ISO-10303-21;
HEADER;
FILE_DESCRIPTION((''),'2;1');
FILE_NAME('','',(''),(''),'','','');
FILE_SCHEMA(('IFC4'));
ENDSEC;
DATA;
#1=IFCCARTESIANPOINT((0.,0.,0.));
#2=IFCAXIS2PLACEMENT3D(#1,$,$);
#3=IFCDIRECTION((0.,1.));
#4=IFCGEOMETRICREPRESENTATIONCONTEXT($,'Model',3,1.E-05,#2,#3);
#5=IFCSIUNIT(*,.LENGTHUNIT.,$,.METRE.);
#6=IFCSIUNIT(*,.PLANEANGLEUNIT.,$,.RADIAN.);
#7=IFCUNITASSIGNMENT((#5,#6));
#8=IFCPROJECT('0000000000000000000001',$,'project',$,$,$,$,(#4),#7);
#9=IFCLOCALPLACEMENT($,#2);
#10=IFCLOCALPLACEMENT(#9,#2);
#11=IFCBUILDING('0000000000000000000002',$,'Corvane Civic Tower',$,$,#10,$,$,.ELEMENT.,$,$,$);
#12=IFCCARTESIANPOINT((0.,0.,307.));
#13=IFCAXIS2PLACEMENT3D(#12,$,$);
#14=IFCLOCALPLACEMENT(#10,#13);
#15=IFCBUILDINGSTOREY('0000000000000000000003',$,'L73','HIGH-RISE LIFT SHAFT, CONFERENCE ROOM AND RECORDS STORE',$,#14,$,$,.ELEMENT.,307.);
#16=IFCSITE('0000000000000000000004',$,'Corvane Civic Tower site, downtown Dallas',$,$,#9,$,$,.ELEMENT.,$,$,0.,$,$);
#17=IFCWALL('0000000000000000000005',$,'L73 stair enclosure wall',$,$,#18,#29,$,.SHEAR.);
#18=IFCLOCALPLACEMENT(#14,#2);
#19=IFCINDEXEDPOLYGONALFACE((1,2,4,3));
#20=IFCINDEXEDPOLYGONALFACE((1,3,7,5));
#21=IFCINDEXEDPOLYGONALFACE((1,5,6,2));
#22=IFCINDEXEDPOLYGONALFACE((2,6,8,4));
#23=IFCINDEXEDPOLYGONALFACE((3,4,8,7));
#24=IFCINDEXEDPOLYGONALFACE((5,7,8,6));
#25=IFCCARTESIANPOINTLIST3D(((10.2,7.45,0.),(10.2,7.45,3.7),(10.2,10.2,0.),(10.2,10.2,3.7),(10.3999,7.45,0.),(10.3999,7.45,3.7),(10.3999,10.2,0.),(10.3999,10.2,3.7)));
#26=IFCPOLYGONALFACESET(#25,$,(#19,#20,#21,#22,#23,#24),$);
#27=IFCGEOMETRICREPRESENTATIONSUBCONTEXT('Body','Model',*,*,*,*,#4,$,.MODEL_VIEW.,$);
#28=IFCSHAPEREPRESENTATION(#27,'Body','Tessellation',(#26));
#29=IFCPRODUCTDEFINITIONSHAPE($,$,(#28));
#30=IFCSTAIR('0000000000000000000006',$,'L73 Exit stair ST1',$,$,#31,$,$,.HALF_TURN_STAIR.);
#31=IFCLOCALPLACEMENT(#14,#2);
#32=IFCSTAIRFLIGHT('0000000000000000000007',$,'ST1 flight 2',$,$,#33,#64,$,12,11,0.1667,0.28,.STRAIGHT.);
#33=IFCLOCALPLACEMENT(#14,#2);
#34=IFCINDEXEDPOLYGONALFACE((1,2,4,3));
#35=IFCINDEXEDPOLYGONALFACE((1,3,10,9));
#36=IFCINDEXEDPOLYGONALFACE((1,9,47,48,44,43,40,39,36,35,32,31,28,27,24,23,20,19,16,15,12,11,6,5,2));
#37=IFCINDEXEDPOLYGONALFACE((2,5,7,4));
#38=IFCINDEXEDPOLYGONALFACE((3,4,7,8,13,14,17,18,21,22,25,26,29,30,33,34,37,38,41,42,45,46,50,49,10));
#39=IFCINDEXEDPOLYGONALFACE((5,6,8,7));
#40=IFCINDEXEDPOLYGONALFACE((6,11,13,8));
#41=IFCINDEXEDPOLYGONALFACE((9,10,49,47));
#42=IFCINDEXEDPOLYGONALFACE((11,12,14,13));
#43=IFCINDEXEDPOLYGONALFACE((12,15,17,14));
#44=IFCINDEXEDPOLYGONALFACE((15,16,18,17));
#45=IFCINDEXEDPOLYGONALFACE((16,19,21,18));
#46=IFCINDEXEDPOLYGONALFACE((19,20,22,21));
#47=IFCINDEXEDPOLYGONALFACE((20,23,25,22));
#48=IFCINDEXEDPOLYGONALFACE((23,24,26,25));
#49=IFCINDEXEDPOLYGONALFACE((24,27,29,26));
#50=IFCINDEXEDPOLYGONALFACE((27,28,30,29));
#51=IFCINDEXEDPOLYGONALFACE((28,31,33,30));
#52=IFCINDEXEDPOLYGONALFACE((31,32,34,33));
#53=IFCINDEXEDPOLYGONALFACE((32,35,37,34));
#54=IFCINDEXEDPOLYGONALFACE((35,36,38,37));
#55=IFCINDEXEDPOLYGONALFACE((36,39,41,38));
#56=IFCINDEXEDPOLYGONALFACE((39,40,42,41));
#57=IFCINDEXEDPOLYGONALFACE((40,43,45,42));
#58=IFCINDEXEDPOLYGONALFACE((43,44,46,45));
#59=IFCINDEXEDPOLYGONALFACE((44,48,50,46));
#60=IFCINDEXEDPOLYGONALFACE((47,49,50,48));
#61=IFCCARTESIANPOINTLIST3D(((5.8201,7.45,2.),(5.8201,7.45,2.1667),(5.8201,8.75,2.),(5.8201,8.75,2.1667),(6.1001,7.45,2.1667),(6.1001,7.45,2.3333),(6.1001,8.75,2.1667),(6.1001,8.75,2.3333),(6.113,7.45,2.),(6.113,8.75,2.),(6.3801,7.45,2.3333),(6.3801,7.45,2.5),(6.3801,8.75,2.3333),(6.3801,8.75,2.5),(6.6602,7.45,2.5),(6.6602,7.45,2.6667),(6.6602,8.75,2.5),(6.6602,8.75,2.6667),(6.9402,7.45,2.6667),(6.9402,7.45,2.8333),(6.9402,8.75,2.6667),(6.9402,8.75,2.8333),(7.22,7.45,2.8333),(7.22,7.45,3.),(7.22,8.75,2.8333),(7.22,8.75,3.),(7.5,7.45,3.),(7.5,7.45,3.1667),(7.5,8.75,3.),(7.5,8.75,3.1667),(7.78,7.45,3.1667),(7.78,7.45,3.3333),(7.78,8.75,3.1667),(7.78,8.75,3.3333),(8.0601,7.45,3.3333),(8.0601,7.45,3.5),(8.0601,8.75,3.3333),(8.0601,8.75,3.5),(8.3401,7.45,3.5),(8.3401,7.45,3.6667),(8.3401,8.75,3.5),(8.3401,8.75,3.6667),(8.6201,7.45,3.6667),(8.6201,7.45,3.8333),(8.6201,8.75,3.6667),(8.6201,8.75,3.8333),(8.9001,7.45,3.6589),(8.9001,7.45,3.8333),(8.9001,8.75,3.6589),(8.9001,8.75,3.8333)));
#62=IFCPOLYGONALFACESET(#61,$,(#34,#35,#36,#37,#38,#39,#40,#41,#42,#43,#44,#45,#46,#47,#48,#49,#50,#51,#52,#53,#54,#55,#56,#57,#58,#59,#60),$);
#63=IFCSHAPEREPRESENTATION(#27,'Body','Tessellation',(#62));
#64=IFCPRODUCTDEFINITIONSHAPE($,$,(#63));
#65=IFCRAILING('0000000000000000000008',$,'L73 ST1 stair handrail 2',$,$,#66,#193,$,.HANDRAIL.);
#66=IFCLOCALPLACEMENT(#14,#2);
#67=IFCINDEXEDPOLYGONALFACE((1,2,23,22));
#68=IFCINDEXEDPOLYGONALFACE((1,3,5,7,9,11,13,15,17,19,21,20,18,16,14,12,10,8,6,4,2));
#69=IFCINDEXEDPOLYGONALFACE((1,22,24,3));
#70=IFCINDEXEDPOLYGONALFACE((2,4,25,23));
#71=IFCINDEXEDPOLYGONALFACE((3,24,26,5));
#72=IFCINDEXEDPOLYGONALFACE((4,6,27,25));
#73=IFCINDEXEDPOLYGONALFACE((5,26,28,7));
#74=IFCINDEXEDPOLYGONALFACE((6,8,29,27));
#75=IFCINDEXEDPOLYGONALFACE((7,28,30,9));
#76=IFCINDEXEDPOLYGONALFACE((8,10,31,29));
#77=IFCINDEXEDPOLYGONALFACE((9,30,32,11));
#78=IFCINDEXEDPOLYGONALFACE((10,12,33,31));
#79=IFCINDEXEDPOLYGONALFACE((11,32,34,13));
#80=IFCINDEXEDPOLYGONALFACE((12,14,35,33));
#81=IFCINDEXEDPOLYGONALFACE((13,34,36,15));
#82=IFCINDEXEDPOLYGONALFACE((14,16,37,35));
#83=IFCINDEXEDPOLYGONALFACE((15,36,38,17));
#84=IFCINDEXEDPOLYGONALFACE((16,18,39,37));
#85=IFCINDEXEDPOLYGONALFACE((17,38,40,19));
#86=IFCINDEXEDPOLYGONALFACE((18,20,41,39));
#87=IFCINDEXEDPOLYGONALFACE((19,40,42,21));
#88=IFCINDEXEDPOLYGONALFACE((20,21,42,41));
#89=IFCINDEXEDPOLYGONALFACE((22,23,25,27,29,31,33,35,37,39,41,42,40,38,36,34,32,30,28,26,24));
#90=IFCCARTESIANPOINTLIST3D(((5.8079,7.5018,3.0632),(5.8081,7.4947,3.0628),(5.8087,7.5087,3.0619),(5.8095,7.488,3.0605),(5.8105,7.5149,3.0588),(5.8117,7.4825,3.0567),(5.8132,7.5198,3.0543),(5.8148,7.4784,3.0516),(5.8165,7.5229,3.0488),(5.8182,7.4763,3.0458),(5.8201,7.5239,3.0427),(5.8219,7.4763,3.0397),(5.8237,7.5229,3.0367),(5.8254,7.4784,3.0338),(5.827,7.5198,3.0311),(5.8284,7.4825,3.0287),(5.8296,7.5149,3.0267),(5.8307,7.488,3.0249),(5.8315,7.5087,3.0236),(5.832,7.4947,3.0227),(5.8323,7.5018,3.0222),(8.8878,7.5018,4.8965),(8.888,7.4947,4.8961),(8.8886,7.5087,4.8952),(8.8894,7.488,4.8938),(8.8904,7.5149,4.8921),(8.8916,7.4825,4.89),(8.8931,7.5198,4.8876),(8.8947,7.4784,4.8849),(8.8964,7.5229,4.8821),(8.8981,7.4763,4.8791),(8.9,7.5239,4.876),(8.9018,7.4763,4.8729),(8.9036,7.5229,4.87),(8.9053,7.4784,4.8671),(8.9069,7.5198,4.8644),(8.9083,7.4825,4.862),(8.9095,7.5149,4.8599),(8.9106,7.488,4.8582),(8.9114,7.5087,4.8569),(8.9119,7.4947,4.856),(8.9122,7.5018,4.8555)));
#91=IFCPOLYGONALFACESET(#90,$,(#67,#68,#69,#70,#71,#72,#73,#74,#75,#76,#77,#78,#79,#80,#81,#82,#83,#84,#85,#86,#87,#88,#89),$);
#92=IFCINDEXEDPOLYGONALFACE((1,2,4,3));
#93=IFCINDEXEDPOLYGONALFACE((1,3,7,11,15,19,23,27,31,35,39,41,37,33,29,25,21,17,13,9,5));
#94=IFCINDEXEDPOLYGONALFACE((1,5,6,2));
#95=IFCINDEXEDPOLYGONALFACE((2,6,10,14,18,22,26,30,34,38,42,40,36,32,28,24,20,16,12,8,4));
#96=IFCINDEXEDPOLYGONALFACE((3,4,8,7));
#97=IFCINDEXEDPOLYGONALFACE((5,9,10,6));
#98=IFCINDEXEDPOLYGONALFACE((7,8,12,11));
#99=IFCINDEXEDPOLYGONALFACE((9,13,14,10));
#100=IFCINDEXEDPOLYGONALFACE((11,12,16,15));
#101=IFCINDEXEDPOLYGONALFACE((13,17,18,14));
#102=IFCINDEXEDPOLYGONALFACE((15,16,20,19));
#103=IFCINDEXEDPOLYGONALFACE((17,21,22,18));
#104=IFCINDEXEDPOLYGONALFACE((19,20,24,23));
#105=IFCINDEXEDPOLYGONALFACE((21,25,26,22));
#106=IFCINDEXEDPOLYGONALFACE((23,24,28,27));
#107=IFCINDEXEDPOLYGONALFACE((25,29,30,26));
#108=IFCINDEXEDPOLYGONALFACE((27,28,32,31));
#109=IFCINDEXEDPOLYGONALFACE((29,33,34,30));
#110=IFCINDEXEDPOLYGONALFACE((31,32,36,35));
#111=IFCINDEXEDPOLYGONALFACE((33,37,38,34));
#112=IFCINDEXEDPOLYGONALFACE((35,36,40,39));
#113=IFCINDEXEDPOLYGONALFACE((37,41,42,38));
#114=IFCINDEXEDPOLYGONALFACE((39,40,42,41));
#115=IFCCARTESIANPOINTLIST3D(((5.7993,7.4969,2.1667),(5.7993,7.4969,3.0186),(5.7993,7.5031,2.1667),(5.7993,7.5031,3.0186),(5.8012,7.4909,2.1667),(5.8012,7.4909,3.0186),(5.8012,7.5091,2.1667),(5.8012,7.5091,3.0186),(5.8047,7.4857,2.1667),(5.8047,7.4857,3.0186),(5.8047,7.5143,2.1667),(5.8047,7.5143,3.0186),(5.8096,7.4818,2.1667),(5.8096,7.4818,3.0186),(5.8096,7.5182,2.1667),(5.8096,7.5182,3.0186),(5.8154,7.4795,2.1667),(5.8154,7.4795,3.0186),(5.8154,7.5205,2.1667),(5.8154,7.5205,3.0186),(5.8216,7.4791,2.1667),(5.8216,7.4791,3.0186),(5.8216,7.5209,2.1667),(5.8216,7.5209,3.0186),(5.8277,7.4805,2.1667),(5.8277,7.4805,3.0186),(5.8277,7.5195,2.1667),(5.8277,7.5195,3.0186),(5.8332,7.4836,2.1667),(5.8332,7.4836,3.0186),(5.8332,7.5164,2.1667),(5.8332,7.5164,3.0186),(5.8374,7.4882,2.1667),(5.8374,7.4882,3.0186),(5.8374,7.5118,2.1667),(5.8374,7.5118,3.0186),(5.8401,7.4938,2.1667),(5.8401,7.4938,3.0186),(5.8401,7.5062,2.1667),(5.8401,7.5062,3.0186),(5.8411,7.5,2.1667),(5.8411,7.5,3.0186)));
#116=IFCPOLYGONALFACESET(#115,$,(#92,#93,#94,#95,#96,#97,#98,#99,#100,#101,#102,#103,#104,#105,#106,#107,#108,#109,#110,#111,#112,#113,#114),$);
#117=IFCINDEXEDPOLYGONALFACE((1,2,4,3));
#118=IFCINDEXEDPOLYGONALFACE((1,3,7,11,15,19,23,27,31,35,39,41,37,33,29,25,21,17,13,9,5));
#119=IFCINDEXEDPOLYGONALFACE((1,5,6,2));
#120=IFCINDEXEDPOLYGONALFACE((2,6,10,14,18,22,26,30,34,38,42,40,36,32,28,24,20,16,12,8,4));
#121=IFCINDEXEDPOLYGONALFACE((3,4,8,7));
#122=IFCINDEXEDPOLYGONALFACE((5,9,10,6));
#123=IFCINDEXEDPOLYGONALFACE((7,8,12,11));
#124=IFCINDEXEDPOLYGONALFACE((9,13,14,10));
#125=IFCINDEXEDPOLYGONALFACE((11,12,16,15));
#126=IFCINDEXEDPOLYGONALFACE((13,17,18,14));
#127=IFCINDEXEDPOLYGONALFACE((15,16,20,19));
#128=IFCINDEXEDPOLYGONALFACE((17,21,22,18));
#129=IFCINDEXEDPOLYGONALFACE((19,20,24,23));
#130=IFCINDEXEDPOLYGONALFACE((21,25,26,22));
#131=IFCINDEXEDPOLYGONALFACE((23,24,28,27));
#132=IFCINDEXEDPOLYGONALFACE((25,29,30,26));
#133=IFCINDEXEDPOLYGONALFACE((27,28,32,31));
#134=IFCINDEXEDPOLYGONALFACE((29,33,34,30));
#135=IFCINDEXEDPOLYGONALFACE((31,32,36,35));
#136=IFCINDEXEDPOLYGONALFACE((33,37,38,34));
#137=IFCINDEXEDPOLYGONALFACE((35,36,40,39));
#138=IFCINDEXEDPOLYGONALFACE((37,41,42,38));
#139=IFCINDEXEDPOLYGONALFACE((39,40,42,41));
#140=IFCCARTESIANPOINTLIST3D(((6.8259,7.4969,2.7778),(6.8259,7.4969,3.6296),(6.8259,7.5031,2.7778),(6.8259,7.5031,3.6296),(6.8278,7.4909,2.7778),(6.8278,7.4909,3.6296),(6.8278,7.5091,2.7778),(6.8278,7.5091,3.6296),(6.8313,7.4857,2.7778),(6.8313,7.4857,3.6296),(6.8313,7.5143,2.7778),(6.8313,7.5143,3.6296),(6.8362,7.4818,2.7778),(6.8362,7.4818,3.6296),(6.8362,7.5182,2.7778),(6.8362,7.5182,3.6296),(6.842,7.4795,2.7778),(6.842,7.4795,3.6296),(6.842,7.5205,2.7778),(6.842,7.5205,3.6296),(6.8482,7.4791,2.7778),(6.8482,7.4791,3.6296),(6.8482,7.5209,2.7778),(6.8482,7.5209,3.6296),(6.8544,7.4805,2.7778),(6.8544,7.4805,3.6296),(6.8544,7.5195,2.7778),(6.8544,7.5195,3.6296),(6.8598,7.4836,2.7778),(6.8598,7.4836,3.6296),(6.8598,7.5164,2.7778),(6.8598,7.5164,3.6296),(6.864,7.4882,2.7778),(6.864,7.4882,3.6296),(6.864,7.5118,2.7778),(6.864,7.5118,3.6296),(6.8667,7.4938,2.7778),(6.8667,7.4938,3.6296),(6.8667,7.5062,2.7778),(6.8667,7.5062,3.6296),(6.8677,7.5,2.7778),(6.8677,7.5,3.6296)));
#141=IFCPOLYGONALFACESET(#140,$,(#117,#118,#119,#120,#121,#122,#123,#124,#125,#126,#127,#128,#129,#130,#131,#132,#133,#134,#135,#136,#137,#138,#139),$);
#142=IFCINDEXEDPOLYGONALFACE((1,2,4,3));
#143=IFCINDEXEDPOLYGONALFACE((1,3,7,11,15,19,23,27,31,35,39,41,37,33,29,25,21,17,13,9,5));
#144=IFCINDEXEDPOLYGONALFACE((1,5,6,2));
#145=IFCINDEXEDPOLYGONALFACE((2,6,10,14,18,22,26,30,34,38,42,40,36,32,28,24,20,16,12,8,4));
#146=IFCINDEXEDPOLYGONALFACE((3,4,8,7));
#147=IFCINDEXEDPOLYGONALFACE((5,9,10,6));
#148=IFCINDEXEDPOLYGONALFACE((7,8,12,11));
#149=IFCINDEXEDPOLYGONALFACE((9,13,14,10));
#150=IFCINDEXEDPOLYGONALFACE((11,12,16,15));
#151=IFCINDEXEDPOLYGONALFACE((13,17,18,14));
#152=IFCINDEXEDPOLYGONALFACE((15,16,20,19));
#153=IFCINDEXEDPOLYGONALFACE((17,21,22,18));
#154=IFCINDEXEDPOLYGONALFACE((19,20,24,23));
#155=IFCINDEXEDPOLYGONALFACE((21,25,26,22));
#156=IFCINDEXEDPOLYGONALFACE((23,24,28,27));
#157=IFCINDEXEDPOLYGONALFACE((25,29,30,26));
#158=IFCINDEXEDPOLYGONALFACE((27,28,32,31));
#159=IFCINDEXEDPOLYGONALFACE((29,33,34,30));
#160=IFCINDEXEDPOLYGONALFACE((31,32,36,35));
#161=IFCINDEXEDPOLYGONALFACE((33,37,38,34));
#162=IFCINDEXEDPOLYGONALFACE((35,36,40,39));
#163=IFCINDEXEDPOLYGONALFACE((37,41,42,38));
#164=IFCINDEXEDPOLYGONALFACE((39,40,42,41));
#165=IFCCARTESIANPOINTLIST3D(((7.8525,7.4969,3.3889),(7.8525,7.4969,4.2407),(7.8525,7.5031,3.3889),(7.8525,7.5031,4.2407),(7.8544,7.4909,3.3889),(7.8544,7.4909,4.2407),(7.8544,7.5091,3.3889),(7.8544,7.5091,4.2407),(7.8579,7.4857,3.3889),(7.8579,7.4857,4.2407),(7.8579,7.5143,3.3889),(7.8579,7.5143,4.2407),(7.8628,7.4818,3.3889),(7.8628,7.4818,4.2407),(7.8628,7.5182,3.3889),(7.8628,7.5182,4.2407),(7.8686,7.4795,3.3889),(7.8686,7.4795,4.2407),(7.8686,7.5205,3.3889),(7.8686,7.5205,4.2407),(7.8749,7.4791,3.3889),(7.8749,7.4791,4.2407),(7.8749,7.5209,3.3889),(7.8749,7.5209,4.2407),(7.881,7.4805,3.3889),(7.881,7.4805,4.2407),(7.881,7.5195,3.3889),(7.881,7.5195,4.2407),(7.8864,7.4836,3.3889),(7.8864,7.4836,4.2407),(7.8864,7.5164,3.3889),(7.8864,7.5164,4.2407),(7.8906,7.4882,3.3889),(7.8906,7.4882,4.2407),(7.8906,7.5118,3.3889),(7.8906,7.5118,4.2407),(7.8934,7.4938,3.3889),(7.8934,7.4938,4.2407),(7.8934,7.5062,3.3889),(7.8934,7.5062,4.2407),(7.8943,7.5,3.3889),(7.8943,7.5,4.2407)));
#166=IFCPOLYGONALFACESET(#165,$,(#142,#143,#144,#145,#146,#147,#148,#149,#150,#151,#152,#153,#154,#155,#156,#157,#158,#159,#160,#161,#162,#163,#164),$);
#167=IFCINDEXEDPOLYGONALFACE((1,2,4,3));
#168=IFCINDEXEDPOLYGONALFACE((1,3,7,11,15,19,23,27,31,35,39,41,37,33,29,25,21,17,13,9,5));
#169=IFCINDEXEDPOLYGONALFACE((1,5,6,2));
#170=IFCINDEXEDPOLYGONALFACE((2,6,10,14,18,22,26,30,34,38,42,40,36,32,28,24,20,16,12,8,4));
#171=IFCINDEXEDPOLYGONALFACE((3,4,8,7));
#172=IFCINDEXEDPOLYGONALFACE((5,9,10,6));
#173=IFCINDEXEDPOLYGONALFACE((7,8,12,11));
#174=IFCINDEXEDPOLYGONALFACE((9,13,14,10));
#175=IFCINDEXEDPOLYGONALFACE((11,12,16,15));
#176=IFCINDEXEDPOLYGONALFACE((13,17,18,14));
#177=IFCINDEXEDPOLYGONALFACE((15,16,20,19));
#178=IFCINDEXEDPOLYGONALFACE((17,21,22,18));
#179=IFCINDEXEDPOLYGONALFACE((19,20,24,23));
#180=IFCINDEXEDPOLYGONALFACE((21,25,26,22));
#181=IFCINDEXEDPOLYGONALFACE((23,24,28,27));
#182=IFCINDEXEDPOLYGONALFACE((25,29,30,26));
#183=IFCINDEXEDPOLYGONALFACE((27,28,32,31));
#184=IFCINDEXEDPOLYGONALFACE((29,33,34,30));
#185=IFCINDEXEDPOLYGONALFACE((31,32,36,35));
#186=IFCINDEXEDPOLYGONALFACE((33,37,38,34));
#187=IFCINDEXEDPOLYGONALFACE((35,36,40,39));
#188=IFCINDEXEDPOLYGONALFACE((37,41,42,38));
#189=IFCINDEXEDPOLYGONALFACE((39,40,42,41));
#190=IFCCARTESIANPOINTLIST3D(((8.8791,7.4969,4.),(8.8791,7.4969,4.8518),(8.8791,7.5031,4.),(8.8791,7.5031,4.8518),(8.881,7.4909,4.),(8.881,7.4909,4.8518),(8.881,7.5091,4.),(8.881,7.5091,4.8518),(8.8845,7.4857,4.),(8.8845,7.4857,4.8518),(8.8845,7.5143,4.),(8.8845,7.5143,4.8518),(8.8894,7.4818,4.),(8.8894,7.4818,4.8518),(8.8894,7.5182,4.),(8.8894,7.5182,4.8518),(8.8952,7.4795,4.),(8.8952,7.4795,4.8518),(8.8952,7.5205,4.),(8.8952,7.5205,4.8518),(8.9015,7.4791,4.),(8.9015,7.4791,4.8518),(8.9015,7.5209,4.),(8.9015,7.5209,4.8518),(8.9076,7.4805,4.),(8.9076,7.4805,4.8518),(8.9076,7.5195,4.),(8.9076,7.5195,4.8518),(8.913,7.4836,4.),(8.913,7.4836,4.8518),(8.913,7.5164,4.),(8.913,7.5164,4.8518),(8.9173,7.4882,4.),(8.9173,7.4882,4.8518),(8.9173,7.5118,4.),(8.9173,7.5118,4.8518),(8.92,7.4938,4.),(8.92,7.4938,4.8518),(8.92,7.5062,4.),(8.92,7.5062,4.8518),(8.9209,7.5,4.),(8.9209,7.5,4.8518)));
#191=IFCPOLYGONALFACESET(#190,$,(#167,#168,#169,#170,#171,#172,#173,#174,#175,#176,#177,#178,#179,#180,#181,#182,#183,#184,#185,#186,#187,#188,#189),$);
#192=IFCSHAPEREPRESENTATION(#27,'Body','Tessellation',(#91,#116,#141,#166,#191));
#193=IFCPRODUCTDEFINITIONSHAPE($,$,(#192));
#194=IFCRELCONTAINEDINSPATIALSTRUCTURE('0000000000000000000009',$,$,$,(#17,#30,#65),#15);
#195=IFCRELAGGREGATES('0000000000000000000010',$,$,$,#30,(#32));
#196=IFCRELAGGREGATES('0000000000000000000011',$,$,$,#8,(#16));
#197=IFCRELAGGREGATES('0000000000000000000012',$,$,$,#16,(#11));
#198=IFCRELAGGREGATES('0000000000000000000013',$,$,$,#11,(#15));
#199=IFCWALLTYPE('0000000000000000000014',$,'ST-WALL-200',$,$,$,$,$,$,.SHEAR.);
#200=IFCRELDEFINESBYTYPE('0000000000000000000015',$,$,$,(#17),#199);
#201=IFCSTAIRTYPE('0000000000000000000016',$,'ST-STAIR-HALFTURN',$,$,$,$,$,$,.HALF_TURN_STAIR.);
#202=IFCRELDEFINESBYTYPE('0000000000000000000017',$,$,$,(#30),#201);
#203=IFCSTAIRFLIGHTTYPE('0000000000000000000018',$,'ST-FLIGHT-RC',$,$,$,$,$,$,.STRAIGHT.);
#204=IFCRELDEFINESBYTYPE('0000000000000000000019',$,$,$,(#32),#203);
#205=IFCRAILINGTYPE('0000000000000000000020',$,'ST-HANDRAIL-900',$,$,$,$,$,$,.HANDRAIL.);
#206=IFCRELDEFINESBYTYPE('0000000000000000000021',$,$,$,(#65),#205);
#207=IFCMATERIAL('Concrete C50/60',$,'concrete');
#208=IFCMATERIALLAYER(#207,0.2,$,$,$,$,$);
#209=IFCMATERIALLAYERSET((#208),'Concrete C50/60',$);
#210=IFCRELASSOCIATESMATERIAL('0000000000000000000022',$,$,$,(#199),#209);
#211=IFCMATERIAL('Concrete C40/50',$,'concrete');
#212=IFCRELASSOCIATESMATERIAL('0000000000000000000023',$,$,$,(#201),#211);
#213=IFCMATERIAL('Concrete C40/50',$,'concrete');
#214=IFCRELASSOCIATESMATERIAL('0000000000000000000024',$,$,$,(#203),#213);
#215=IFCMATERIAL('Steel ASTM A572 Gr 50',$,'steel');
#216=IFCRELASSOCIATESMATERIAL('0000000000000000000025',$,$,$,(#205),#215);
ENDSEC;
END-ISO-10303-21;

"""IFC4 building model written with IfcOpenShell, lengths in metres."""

from ifc_helpers import new_model, si_unit, direction, frame, origin, origin_2d, place, context, subcontext, project, spatial, polyline, circle, outline, extrude, material, layer, layer_set, type_object, element, aggregate, save


model = new_model("IFC4")

# Units and contexts
model_context = context("Model", 3, precision=1e-05, world=origin(), true_north=direction((0.0, 1.0)))
body_context = subcontext(model_context, "Body", "Model", "MODEL_VIEW")
ifc_project = project(units=[si_unit("LENGTHUNIT", "METRE"), si_unit("PLANEANGLEUNIT", "RADIAN")], contexts=[model_context])

# Site, building, storey
site_placement = place(None, origin())
site = spatial("IfcSite", under=ifc_project, at=site_placement, Name="Corvane Civic Tower site, downtown Dallas", CompositionType="ELEMENT", RefElevation=0.0)
building_placement = place(site_placement, origin())
building = spatial("IfcBuilding", under=site, at=building_placement, Name="Corvane Civic Tower", CompositionType="ELEMENT")
storey_placement = place(building_placement, frame((0.0, 0.0, 307.0)))
storey = spatial("IfcBuildingStorey", under=building, at=storey_placement, Name="L73", Description="HIGH-RISE LIFT SHAFT, CONFERENCE ROOM AND RECORDS STORE", CompositionType="ELEMENT", Elevation=307.0)

# Shared definitions
ifc_material_1 = material(Name="Concrete C50/60", Category="concrete")
ifc_layer_1 = layer(ifc_material_1, 0.2)
ifc_layer_set_1 = layer_set([ifc_layer_1], Name="Concrete C50/60")
wall_type_1 = type_object("IfcWallType", Name="ST-WALL-200", PredefinedType="SHEAR", material=ifc_layer_set_1)

# Wall
wall_1_placement = place(storey_placement, origin())
element("IfcWall", 1, at=wall_1_placement, inside=storey, type_object=wall_type_1, Name="L73 stair enclosure wall", PredefinedType="SHEAR", context=body_context, shape_type="SweptSolid", body=[
    extrude(outline(polyline([(10.3999, 7.45), (10.2, 7.45), (10.2, 10.2), (10.3999, 10.2), (10.3999, 7.45)])), origin(), (0.0, 0.0, 1.0), 3.7),
])

# Stair, stair flight
ifc_material_2 = material(Name="Concrete C40/50", Category="concrete")
stair_type = type_object("IfcStairType", Name="ST-STAIR-HALFTURN", PredefinedType="HALF_TURN_STAIR", material=ifc_material_2)
stair_placement = place(storey_placement, origin())
stair = element("IfcStair", 2, at=stair_placement, inside=storey, type_object=stair_type, Name="L73 Exit stair ST1", PredefinedType="HALF_TURN_STAIR")
ifc_material_3 = material(Name="Concrete C40/50", Category="concrete")
stair_flight_type = type_object("IfcStairFlightType", Name="ST-FLIGHT-RC", PredefinedType="STRAIGHT", material=ifc_material_3)
stair_flight_placement = place(storey_placement, frame((5.8201, 8.1001, 2.0), z_axis=(0.0, 0.0, 1.0), x_axis=(1.0, 0.0, 0.0)))
stair_flight = element("IfcStairFlight", 3, at=stair_flight_placement, type_object=stair_flight_type, Name="ST1 flight 2", NumberOfRisers=12, NumberOfTreads=11, PredefinedType="STRAIGHT", RiserHeight=0.1667, TreadLength=0.28, context=body_context, shape_type="SweptSolid", body=[
    extrude(outline(polyline([(0.0, 0.0), (0.0, 0.1667), (0.28, 0.1667), (0.28, 0.3333), (0.5601, 0.3333), (0.5601, 0.5), (0.8401, 0.5), (0.8401, 0.6667), (1.1201, 0.6667), (1.1201, 0.8333), (1.3999, 0.8333), (1.3999, 1.0), (1.6799, 1.0), (1.6799, 1.1667), (1.96, 1.1667), (1.96, 1.3333), (2.24, 1.3333), (2.24, 1.5), (2.52, 1.5), (2.52, 1.6667), (2.8, 1.6667), (2.8, 1.8333), (3.0801, 1.8333), (3.0801, 2.0), (3.0801, 1.6589), (0.293, 0.0), (0.0, 0.0)])), frame((0.0, 0.6499, 0.0), z_axis=(0.0, -1.0, 0.0), x_axis=(1.0, 0.0, 0.0)), (0.0, 0.0, 1.0), 1.3),
])
aggregate(stair, [stair_flight])

# Railing
ifc_material_4 = material(Name="Steel ASTM A572 Gr 50", Category="steel")
railing_type_1 = type_object("IfcRailingType", Name="ST-HANDRAIL-900", PredefinedType="HANDRAIL", material=ifc_material_4)
railing_1_placement = place(storey_placement, frame((5.8201, 7.5, 2.1667)))
element("IfcRailing", 4, at=railing_1_placement, inside=storey, type_object=railing_type_1, Name="L73 ST1 stair handrail 2", PredefinedType="HANDRAIL", context=body_context, shape_type="SweptSolid", body=[
    extrude(circle(Radius=0.0239, at=origin_2d()), frame((0.0, 0.0, 0.876), z_axis=(0.859291, 0.0, 0.511487), x_axis=(0.0, 1.0, 0.0)), (0.0, 0.0, 1.0), 3.5842),
    extrude(circle(Radius=0.021, at=origin_2d()), origin(), (0.0, 0.0, 1.0), 0.8518),
    extrude(circle(Radius=0.021, at=origin_2d()), frame((1.0266, 0.0, 0.6111)), (0.0, 0.0, 1.0), 0.8518),
    extrude(circle(Radius=0.021, at=origin_2d()), frame((2.0532, 0.0, 1.2222)), (0.0, 0.0, 1.0), 0.8518),
    extrude(circle(Radius=0.021, at=origin_2d()), frame((3.0798, 0.0, 1.8333)), (0.0, 0.0, 1.0), 0.8518),
])

save(model, "model.ifc")
